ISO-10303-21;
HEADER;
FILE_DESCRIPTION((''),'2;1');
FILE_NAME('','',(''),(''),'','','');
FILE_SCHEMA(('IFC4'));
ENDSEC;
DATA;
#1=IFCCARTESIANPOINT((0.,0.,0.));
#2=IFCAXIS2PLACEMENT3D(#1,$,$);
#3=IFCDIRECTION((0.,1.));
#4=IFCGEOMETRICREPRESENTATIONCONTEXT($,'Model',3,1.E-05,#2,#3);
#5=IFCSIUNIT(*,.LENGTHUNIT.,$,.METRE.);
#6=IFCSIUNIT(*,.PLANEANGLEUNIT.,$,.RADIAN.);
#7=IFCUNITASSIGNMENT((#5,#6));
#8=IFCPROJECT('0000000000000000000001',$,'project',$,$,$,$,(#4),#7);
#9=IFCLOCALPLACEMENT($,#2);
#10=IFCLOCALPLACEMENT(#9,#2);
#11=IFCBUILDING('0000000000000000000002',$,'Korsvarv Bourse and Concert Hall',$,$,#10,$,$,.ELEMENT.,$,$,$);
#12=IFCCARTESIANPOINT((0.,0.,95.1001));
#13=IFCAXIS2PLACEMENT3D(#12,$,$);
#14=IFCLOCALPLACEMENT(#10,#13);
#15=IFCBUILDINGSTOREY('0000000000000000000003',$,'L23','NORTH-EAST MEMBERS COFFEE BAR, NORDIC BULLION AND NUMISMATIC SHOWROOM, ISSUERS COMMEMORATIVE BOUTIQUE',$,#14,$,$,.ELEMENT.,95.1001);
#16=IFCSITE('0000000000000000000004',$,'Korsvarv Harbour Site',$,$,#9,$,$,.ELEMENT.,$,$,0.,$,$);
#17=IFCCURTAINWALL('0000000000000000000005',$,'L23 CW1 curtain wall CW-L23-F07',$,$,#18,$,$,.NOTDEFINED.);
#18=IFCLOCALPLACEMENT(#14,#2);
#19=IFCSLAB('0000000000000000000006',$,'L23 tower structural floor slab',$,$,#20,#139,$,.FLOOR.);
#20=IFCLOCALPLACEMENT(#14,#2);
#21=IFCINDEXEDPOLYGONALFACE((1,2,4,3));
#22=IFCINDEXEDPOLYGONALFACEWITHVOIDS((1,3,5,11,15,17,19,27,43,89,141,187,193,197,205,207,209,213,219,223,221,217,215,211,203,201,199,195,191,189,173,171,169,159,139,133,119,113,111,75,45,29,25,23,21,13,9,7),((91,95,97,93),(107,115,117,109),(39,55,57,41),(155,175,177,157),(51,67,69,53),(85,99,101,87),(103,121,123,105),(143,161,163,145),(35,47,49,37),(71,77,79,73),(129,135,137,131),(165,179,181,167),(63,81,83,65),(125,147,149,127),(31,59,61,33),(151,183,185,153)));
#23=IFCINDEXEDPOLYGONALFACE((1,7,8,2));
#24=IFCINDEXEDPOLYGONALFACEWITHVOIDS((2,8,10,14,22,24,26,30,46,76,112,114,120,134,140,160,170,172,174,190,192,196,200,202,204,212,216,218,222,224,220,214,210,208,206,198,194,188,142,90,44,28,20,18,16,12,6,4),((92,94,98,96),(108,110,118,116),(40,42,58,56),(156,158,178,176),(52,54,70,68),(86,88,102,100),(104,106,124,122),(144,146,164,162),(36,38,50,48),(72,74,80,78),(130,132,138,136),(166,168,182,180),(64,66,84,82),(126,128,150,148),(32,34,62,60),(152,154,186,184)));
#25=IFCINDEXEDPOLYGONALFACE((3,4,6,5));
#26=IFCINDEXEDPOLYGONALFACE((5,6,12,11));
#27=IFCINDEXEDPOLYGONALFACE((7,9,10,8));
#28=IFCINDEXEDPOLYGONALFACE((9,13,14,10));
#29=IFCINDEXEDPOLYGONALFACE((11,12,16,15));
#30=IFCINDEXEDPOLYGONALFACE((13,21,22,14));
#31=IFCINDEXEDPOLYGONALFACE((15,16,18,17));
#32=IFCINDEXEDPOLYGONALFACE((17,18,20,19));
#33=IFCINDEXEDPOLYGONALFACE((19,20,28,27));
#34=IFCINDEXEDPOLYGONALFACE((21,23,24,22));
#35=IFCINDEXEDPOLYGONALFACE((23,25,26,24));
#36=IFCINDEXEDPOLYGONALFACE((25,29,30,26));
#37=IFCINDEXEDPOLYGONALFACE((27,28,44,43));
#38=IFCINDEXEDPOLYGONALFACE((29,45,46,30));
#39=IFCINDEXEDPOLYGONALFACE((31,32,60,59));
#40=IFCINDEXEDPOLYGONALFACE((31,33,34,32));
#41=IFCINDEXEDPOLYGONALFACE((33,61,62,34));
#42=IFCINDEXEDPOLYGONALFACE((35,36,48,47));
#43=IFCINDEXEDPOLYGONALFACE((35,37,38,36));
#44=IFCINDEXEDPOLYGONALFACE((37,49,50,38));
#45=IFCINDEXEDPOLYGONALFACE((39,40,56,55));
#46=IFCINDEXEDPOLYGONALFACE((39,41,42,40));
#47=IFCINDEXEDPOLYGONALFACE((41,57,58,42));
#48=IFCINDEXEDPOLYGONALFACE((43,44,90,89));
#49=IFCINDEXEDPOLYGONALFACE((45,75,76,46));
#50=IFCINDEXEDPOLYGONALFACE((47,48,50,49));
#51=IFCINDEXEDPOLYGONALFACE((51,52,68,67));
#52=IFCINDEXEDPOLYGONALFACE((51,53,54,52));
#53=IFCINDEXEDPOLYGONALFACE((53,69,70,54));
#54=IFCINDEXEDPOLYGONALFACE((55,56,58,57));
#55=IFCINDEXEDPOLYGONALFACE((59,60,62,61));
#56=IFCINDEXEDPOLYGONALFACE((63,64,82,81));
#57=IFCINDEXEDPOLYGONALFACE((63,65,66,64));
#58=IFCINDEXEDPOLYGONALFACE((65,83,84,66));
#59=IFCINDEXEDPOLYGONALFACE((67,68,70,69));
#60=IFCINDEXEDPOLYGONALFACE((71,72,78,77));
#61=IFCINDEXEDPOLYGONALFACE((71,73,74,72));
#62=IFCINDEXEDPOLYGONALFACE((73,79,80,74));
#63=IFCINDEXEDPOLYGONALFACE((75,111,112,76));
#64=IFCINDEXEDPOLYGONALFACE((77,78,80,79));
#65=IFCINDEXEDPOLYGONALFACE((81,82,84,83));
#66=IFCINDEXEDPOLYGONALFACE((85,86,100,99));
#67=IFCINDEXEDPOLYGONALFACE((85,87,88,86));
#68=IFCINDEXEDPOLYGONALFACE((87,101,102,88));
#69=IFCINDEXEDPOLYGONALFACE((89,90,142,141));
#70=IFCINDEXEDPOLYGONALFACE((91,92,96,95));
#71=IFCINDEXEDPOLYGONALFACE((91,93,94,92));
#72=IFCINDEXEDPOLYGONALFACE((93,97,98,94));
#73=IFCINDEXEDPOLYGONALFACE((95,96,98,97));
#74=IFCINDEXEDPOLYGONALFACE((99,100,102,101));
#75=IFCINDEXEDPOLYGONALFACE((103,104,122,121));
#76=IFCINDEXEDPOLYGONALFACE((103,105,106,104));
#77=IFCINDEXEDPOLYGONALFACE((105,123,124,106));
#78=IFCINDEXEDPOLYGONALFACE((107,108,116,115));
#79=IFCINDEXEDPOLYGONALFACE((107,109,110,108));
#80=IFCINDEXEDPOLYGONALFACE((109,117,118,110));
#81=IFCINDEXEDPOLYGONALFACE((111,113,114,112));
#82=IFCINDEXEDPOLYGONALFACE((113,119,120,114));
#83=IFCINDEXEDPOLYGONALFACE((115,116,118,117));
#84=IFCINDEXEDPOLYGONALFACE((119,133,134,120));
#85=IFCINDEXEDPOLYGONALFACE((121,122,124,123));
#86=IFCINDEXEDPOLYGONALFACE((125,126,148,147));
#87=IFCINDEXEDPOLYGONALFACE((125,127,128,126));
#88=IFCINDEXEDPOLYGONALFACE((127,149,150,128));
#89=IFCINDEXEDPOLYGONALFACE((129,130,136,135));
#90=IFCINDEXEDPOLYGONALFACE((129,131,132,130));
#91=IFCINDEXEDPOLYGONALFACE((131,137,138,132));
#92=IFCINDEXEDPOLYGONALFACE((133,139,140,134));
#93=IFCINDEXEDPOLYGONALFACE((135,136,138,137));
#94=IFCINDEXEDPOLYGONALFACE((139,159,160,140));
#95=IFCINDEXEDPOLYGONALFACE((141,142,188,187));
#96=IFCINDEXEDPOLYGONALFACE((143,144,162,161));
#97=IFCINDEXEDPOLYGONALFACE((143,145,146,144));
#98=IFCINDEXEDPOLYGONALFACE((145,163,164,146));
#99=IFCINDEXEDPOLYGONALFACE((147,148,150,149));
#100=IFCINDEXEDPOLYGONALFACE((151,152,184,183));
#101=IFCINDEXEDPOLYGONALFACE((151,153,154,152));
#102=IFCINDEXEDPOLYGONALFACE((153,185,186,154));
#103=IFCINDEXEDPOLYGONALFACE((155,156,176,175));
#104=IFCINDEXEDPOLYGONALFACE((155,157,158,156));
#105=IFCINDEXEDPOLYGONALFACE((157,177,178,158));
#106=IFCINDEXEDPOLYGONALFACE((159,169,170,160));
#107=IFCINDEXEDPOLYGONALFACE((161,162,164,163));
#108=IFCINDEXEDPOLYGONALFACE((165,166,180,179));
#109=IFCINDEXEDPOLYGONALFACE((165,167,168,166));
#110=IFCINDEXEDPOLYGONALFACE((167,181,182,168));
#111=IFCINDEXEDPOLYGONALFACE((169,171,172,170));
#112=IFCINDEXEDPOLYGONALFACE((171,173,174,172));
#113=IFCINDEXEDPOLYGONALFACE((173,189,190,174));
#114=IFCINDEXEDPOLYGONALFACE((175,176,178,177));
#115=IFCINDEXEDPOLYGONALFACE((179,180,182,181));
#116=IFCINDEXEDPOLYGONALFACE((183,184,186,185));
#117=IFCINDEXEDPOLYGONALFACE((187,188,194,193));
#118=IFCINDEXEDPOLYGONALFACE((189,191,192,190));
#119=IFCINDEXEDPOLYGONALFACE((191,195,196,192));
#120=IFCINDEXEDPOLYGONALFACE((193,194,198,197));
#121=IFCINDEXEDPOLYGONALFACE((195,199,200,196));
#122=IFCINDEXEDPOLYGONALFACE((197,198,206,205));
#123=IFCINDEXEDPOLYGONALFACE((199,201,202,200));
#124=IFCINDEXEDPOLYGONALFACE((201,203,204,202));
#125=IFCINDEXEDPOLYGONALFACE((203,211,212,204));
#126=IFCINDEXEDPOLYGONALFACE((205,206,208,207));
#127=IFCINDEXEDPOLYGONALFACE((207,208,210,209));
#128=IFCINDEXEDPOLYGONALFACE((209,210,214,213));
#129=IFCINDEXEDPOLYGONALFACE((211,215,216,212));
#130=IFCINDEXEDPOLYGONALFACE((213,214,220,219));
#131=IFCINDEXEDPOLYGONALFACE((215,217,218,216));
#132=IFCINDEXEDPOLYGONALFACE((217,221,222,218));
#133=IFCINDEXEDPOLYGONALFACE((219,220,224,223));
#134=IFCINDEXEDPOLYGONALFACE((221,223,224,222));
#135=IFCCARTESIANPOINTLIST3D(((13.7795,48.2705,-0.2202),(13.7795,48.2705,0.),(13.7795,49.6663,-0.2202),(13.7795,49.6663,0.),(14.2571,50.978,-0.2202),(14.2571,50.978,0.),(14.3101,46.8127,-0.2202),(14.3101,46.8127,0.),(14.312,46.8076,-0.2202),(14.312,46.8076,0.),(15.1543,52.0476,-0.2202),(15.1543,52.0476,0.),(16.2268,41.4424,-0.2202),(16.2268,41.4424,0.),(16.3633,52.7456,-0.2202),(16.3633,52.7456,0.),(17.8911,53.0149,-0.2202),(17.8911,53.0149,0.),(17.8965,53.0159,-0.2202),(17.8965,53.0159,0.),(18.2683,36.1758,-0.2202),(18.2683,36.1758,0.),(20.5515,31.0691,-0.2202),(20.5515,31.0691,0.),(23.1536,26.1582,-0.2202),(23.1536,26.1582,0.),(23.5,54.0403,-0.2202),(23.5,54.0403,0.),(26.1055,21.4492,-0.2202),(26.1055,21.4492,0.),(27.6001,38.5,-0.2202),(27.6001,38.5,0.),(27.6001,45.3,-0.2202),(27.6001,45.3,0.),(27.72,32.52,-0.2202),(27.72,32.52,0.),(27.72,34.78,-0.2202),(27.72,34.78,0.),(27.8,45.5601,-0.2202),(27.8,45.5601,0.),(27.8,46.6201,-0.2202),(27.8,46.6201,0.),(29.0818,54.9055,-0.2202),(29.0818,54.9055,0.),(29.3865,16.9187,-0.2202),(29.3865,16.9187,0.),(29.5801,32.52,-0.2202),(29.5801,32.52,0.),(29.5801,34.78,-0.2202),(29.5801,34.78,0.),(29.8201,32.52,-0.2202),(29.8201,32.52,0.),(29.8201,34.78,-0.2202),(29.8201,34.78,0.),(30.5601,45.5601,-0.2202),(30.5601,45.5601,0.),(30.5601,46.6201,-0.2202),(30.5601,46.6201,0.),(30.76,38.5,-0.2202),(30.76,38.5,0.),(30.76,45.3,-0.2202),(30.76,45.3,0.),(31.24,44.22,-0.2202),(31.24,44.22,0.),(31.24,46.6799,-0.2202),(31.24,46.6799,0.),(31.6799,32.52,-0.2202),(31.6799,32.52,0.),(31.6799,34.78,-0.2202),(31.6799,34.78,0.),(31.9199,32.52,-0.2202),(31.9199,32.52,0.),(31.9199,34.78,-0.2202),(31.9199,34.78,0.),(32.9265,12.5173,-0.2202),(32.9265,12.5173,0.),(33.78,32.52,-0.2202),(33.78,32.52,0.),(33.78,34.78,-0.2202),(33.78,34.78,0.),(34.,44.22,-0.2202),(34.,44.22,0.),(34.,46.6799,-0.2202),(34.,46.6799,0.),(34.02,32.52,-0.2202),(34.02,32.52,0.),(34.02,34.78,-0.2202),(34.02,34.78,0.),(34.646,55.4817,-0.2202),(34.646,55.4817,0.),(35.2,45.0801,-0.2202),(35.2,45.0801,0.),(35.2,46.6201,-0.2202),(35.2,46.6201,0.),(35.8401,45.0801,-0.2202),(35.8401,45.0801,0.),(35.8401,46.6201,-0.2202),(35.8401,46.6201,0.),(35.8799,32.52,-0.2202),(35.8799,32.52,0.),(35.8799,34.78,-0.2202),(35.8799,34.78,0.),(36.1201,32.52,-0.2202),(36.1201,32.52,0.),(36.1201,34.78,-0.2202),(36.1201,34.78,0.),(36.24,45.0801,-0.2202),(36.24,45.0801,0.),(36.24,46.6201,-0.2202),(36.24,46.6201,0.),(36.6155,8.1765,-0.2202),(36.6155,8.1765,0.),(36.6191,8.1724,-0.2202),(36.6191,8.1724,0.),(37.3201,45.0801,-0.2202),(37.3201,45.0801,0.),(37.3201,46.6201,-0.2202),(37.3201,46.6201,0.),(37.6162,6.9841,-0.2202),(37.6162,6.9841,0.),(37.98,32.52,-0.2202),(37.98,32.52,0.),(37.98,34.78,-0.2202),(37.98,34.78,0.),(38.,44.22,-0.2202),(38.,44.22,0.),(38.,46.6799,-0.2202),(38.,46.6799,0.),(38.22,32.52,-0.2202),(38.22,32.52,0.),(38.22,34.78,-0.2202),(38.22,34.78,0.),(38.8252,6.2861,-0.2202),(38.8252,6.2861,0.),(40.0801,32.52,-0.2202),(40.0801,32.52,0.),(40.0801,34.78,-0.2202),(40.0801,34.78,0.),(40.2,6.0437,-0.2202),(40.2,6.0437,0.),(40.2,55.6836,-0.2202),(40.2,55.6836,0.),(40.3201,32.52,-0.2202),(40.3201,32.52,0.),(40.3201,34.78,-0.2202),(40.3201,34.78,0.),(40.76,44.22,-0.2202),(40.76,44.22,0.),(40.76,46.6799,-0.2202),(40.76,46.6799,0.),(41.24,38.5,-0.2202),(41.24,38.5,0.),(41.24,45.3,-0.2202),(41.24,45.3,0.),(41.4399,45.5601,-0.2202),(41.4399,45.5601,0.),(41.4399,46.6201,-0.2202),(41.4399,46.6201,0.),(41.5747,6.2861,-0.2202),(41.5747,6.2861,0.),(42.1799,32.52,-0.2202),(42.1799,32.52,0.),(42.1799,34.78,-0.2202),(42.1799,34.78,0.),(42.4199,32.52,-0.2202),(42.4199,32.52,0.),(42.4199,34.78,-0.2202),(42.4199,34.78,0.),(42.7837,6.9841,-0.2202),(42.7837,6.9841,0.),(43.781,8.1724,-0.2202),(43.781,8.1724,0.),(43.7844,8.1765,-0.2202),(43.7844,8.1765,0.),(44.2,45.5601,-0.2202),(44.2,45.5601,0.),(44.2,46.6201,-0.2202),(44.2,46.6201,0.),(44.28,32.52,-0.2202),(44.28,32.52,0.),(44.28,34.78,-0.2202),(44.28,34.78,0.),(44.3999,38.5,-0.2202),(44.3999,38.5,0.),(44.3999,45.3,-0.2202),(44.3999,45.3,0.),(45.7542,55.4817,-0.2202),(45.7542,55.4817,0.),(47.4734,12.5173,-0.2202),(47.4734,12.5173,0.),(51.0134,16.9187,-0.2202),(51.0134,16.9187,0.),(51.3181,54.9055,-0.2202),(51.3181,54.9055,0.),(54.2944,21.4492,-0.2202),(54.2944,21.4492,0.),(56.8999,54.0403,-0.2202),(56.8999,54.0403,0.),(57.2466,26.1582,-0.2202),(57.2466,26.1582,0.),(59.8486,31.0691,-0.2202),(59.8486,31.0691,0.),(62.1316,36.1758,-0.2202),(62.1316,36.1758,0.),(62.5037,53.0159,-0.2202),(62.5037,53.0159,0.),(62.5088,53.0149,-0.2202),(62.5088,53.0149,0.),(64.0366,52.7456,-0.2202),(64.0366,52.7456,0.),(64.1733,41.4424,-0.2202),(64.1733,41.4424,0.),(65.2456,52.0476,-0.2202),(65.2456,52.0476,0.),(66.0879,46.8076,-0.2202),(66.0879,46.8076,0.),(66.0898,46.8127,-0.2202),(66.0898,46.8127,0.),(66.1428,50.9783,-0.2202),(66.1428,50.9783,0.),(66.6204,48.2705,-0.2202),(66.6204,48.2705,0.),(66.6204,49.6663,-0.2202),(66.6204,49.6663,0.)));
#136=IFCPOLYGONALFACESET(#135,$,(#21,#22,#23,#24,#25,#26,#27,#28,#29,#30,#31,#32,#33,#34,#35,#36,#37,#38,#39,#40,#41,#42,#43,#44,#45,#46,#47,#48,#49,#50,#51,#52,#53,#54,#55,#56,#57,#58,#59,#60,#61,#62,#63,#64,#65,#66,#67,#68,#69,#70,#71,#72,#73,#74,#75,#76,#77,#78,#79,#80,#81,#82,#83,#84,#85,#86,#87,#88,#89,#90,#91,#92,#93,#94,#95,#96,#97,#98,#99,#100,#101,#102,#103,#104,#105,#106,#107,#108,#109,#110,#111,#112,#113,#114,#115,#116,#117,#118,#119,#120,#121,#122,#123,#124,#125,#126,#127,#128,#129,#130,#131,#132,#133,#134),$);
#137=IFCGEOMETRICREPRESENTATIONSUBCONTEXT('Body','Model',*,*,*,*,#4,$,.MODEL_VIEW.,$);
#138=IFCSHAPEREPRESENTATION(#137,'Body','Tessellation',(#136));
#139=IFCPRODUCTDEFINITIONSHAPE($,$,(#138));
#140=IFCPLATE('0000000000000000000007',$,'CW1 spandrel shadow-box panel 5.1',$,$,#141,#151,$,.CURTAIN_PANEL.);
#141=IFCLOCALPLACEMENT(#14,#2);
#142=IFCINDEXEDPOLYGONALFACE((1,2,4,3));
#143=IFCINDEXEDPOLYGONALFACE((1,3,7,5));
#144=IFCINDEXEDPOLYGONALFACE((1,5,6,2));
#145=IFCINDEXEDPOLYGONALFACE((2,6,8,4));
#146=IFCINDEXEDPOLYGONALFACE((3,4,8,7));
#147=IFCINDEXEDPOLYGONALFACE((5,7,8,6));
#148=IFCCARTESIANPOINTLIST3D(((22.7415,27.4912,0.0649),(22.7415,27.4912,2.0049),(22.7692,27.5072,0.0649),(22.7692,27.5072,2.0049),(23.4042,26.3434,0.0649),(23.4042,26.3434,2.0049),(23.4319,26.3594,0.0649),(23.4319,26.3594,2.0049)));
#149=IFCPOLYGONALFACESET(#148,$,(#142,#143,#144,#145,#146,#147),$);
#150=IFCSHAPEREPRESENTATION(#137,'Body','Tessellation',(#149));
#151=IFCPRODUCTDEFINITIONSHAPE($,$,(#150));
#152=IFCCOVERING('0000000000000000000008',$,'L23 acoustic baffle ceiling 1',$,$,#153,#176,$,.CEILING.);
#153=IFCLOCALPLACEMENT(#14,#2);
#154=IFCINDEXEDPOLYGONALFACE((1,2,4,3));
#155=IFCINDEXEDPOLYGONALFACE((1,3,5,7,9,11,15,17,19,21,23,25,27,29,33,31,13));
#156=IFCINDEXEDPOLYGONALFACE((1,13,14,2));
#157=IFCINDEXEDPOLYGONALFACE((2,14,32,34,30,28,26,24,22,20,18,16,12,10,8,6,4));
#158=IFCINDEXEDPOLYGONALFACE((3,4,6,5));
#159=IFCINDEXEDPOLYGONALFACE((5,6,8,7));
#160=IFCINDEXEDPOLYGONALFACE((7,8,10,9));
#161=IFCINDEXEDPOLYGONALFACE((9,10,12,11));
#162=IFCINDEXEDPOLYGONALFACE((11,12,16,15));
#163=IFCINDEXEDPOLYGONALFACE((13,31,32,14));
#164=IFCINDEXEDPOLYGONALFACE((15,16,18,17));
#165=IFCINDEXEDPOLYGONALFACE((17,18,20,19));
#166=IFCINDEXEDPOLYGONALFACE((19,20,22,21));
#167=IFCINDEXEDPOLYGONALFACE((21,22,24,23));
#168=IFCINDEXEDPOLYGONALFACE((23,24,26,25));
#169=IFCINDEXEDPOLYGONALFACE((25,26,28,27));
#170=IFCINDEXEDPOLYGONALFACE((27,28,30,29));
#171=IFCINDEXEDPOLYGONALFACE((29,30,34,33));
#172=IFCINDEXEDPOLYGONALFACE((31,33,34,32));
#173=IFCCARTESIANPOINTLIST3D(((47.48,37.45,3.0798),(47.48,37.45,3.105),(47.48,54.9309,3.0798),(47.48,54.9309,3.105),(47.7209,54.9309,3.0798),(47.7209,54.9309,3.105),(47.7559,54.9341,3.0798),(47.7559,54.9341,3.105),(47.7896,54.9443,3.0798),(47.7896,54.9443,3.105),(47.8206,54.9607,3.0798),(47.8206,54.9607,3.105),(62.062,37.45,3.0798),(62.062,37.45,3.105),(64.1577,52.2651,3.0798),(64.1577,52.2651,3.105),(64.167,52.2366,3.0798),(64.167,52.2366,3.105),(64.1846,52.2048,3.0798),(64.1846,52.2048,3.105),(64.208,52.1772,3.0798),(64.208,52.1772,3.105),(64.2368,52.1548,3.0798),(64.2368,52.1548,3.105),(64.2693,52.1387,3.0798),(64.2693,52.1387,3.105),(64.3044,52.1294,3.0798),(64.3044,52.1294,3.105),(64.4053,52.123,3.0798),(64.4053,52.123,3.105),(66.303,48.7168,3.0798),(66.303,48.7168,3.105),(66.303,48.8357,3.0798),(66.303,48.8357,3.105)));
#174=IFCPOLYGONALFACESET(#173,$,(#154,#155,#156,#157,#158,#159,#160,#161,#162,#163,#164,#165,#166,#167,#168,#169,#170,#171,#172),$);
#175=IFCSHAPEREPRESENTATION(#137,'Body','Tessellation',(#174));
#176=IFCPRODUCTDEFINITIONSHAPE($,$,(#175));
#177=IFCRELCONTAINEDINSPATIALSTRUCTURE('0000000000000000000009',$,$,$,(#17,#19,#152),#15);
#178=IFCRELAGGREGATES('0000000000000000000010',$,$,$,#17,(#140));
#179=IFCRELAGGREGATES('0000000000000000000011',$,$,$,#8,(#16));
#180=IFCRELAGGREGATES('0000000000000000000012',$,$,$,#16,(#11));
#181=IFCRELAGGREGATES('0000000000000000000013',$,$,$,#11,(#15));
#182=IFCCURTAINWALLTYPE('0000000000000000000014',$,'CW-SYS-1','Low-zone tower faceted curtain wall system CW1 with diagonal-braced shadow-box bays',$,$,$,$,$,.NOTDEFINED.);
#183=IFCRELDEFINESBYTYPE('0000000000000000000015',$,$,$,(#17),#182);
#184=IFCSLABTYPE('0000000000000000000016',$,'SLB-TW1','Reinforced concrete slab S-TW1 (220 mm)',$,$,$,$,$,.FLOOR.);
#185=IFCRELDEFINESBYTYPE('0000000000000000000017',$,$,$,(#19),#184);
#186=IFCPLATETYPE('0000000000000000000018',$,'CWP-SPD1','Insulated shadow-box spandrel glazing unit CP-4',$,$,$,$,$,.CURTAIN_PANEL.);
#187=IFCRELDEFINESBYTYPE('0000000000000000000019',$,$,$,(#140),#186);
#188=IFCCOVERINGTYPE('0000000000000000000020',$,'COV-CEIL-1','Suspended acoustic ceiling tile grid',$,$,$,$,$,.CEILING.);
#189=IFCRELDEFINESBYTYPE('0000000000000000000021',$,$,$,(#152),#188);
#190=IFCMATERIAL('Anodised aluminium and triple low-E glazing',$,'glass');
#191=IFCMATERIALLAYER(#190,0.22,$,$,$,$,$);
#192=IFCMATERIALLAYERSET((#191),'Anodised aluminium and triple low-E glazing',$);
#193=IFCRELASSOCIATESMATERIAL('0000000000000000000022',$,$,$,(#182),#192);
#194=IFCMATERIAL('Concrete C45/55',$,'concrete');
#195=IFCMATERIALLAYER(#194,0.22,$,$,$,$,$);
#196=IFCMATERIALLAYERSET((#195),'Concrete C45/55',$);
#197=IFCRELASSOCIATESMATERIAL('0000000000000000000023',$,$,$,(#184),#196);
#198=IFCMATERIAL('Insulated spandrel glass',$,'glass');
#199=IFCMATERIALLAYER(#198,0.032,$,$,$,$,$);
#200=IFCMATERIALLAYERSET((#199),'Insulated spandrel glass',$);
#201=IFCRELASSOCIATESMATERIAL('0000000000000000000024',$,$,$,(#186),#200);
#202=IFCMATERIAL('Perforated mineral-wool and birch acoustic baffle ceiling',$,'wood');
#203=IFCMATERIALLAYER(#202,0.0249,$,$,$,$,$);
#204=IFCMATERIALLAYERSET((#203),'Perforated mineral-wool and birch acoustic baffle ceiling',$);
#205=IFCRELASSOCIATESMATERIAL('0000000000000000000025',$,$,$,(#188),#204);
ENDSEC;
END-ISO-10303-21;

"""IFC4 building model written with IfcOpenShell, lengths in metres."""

from ifc_helpers import new_model, si_unit, direction, frame, origin, origin_2d, place, context, subcontext, project, spatial, polyline, rectangle, outline, extrude, source, transform, mapped, material, layer, layer_set, type_object, element, aggregate, save


model = new_model("IFC4")

# Units and contexts
model_context = context("Model", 3, precision=1e-05, world=origin(), true_north=direction((0.0, 1.0)))
body_context = subcontext(model_context, "Body", "Model", "MODEL_VIEW")
ifc_project = project(units=[si_unit("LENGTHUNIT", "METRE"), si_unit("PLANEANGLEUNIT", "RADIAN")], contexts=[model_context])

# Site, building, storey
site_placement = place(None, origin())
site = spatial("IfcSite", under=ifc_project, at=site_placement, Name="Korsvarv Harbour Site", CompositionType="ELEMENT", RefElevation=0.0)
building_placement = place(site_placement, origin())
building = spatial("IfcBuilding", under=site, at=building_placement, Name="Korsvarv Bourse and Concert Hall", CompositionType="ELEMENT")
storey_placement = place(building_placement, frame((0.0, 0.0, 95.1001)))
storey = spatial("IfcBuildingStorey", under=building, at=storey_placement, Name="L23", Description="NORTH-EAST MEMBERS COFFEE BAR, NORDIC BULLION AND NUMISMATIC SHOWROOM, ISSUERS COMMEMORATIVE BOUTIQUE", CompositionType="ELEMENT", Elevation=95.1001)

# Curtain wall
ifc_material_1 = material(Name="Anodised aluminium and triple low-E glazing", Category="glass")
ifc_layer_1 = layer(ifc_material_1, 0.22)
ifc_layer_set_1 = layer_set([ifc_layer_1], Name="Anodised aluminium and triple low-E glazing")
curtain_wall_type = type_object("IfcCurtainWallType", Name="CW-SYS-1", Description="Low-zone tower faceted curtain wall system CW1 with diagonal-braced shadow-box bays", PredefinedType="NOTDEFINED", material=ifc_layer_set_1)
curtain_wall_placement = place(storey_placement, origin())
curtain_wall = element("IfcCurtainWall", 1, at=curtain_wall_placement, inside=storey, type_object=curtain_wall_type, Name="L23 CW1 curtain wall CW-L23-F07", PredefinedType="NOTDEFINED")

# Slab
ifc_material_2 = material(Name="Concrete C45/55", Category="concrete")
ifc_layer_2 = layer(ifc_material_2, 0.22)
ifc_layer_set_2 = layer_set([ifc_layer_2], Name="Concrete C45/55")
slab_type_1 = type_object("IfcSlabType", Name="SLB-TW1", Description="Reinforced concrete slab S-TW1 (220 mm)", PredefinedType="FLOOR", material=ifc_layer_set_2)
slab_1_placement = place(storey_placement, frame((0.0, 0.0, -0.2202)))
element("IfcSlab", 2, at=slab_1_placement, inside=storey, type_object=slab_type_1, Name="L23 tower structural floor slab", PredefinedType="FLOOR", context=body_context, shape_type="SweptSolid", body=[
    extrude(outline(polyline([(66.0879, 46.8076), (64.1733, 41.4424), (62.1316, 36.1758), (59.8486, 31.0691), (57.2466, 26.1582), (54.2944, 21.4492), (51.0134, 16.9187), (47.4734, 12.5173), (43.7844, 8.1765), (43.781, 8.1724), (42.7837, 6.9841), (41.5747, 6.2861), (40.2, 6.0437), (38.8252, 6.2861), (37.6162, 6.9841), (36.6191, 8.1724), (36.6155, 8.1765), (32.9265, 12.5173), (29.3865, 16.9187), (26.1055, 21.4492), (23.1536, 26.1582), (20.5515, 31.0691), (18.2683, 36.1758), (16.2268, 41.4424), (14.312, 46.8076), (14.3101, 46.8127), (13.7795, 48.2705), (13.7795, 49.6663), (14.2571, 50.978), (15.1543, 52.0476), (16.3633, 52.7456), (17.8911, 53.0149), (17.8965, 53.0159), (23.5, 54.0403), (29.0818, 54.9055), (34.646, 55.4817), (40.2, 55.6836), (45.7542, 55.4817), (51.3181, 54.9055), (56.8999, 54.0403), (62.5037, 53.0159), (62.5088, 53.0149), (64.0366, 52.7456), (65.2456, 52.0476), (66.1428, 50.9783), (66.6204, 49.6663), (66.6204, 48.2705), (66.0898, 46.8127), (66.0879, 46.8076)]), holes=[polyline([(30.76, 38.5), (30.76, 45.3), (27.6001, 45.3), (27.6001, 38.5), (30.76, 38.5)]), polyline([(44.3999, 38.5), (44.3999, 45.3), (41.24, 45.3), (41.24, 38.5), (44.3999, 38.5)]), polyline([(31.24, 44.22), (34.0, 44.22), (34.0, 46.6799), (31.24, 46.6799), (31.24, 44.22)]), polyline([(38.0, 44.22), (40.76, 44.22), (40.76, 46.6799), (38.0, 46.6799), (38.0, 44.22)]), polyline([(27.72, 32.52), (29.5801, 32.52), (29.5801, 34.78), (27.72, 34.78), (27.72, 32.52)]), polyline([(29.8201, 32.52), (31.6799, 32.52), (31.6799, 34.78), (29.8201, 34.78), (29.8201, 32.52)]), polyline([(31.9199, 32.52), (33.78, 32.52), (33.78, 34.78), (31.9199, 34.78), (31.9199, 32.52)]), polyline([(34.02, 32.52), (35.8799, 32.52), (35.8799, 34.78), (34.02, 34.78), (34.02, 32.52)]), polyline([(36.1201, 32.52), (37.98, 32.52), (37.98, 34.78), (36.1201, 34.78), (36.1201, 32.52)]), polyline([(38.22, 32.52), (40.0801, 32.52), (40.0801, 34.78), (38.22, 34.78), (38.22, 32.52)]), polyline([(40.3201, 32.52), (42.1799, 32.52), (42.1799, 34.78), (40.3201, 34.78), (40.3201, 32.52)]), polyline([(42.4199, 32.52), (44.28, 32.52), (44.28, 34.78), (42.4199, 34.78), (42.4199, 32.52)]), polyline([(27.8, 45.5601), (30.5601, 45.5601), (30.5601, 46.6201), (27.8, 46.6201), (27.8, 45.5601)]), polyline([(41.4399, 45.5601), (44.2, 45.5601), (44.2, 46.6201), (41.4399, 46.6201), (41.4399, 45.5601)]), polyline([(35.2, 45.0801), (35.8401, 45.0801), (35.8401, 46.6201), (35.2, 46.6201), (35.2, 45.0801)]), polyline([(36.24, 45.0801), (37.3201, 45.0801), (37.3201, 46.6201), (36.24, 46.6201), (36.24, 45.0801)])]), origin(), (0.0, 0.0, 1.0), 0.2202),
])

# Plate
ifc_material_3 = material(Name="Insulated spandrel glass", Category="glass")
ifc_layer_3 = layer(ifc_material_3, 0.032)
ifc_layer_set_3 = layer_set([ifc_layer_3], Name="Insulated spandrel glass")
plate_type = type_object("IfcPlateType", Name="CWP-SPD1", Description="Insulated shadow-box spandrel glazing unit CP-4", PredefinedType="CURTAIN_PANEL", material=ifc_layer_set_3)
shared_shape_1 = source(origin(), body_context, "Body", "SweptSolid", [
    extrude(rectangle(XDim=1.3254, YDim=0.032, at=origin_2d()), origin(), (0.0, 0.0, 1.0), 1.9399),
])
plate_placement = place(storey_placement, frame((23.0867, 26.9253, 0.0649), z_axis=(0.0, 0.0, 1.0), x_axis=(0.499999, -0.866026, 0.0)))
plate = element("IfcPlate", 3, at=plate_placement, type_object=plate_type, Name="CW1 spandrel shadow-box panel 5.1", PredefinedType="CURTAIN_PANEL", context=body_context, shape_type="MappedRepresentation", body=[
    mapped(shared_shape_1, transform((0.0, 0.0, 0.0), scale=1.0)),
])
aggregate(curtain_wall, [plate])

# Covering
ifc_material_4 = material(Name="Perforated mineral-wool and birch acoustic baffle ceiling", Category="wood")
ifc_layer_4 = layer(ifc_material_4, 0.0249)
ifc_layer_set_4 = layer_set([ifc_layer_4], Name="Perforated mineral-wool and birch acoustic baffle ceiling")
covering_type_1 = type_object("IfcCoveringType", Name="COV-CEIL-1", Description="Suspended acoustic ceiling tile grid", PredefinedType="CEILING", material=ifc_layer_set_4)
covering_1_placement = place(storey_placement, frame((0.0, 0.0, 3.0798)))
element("IfcCovering", 4, at=covering_1_placement, inside=storey, type_object=covering_type_1, Name="L23 acoustic baffle ceiling 1", PredefinedType="CEILING", context=body_context, shape_type="SweptSolid", body=[
    extrude(outline(polyline([(64.1577, 52.2651), (64.167, 52.2366), (64.1846, 52.2048), (64.208, 52.1772), (64.2368, 52.1548), (64.2693, 52.1387), (64.3044, 52.1294), (64.4053, 52.123), (66.303, 48.8357), (66.303, 48.7168), (62.062, 37.45), (47.48, 37.45), (47.48, 54.9309), (47.7209, 54.9309), (47.7559, 54.9341), (47.7896, 54.9443), (47.8206, 54.9607), (64.1577, 52.2651)])), origin(), (0.0, 0.0, 1.0), 0.0251),
])

save(model, "model.ifc")
